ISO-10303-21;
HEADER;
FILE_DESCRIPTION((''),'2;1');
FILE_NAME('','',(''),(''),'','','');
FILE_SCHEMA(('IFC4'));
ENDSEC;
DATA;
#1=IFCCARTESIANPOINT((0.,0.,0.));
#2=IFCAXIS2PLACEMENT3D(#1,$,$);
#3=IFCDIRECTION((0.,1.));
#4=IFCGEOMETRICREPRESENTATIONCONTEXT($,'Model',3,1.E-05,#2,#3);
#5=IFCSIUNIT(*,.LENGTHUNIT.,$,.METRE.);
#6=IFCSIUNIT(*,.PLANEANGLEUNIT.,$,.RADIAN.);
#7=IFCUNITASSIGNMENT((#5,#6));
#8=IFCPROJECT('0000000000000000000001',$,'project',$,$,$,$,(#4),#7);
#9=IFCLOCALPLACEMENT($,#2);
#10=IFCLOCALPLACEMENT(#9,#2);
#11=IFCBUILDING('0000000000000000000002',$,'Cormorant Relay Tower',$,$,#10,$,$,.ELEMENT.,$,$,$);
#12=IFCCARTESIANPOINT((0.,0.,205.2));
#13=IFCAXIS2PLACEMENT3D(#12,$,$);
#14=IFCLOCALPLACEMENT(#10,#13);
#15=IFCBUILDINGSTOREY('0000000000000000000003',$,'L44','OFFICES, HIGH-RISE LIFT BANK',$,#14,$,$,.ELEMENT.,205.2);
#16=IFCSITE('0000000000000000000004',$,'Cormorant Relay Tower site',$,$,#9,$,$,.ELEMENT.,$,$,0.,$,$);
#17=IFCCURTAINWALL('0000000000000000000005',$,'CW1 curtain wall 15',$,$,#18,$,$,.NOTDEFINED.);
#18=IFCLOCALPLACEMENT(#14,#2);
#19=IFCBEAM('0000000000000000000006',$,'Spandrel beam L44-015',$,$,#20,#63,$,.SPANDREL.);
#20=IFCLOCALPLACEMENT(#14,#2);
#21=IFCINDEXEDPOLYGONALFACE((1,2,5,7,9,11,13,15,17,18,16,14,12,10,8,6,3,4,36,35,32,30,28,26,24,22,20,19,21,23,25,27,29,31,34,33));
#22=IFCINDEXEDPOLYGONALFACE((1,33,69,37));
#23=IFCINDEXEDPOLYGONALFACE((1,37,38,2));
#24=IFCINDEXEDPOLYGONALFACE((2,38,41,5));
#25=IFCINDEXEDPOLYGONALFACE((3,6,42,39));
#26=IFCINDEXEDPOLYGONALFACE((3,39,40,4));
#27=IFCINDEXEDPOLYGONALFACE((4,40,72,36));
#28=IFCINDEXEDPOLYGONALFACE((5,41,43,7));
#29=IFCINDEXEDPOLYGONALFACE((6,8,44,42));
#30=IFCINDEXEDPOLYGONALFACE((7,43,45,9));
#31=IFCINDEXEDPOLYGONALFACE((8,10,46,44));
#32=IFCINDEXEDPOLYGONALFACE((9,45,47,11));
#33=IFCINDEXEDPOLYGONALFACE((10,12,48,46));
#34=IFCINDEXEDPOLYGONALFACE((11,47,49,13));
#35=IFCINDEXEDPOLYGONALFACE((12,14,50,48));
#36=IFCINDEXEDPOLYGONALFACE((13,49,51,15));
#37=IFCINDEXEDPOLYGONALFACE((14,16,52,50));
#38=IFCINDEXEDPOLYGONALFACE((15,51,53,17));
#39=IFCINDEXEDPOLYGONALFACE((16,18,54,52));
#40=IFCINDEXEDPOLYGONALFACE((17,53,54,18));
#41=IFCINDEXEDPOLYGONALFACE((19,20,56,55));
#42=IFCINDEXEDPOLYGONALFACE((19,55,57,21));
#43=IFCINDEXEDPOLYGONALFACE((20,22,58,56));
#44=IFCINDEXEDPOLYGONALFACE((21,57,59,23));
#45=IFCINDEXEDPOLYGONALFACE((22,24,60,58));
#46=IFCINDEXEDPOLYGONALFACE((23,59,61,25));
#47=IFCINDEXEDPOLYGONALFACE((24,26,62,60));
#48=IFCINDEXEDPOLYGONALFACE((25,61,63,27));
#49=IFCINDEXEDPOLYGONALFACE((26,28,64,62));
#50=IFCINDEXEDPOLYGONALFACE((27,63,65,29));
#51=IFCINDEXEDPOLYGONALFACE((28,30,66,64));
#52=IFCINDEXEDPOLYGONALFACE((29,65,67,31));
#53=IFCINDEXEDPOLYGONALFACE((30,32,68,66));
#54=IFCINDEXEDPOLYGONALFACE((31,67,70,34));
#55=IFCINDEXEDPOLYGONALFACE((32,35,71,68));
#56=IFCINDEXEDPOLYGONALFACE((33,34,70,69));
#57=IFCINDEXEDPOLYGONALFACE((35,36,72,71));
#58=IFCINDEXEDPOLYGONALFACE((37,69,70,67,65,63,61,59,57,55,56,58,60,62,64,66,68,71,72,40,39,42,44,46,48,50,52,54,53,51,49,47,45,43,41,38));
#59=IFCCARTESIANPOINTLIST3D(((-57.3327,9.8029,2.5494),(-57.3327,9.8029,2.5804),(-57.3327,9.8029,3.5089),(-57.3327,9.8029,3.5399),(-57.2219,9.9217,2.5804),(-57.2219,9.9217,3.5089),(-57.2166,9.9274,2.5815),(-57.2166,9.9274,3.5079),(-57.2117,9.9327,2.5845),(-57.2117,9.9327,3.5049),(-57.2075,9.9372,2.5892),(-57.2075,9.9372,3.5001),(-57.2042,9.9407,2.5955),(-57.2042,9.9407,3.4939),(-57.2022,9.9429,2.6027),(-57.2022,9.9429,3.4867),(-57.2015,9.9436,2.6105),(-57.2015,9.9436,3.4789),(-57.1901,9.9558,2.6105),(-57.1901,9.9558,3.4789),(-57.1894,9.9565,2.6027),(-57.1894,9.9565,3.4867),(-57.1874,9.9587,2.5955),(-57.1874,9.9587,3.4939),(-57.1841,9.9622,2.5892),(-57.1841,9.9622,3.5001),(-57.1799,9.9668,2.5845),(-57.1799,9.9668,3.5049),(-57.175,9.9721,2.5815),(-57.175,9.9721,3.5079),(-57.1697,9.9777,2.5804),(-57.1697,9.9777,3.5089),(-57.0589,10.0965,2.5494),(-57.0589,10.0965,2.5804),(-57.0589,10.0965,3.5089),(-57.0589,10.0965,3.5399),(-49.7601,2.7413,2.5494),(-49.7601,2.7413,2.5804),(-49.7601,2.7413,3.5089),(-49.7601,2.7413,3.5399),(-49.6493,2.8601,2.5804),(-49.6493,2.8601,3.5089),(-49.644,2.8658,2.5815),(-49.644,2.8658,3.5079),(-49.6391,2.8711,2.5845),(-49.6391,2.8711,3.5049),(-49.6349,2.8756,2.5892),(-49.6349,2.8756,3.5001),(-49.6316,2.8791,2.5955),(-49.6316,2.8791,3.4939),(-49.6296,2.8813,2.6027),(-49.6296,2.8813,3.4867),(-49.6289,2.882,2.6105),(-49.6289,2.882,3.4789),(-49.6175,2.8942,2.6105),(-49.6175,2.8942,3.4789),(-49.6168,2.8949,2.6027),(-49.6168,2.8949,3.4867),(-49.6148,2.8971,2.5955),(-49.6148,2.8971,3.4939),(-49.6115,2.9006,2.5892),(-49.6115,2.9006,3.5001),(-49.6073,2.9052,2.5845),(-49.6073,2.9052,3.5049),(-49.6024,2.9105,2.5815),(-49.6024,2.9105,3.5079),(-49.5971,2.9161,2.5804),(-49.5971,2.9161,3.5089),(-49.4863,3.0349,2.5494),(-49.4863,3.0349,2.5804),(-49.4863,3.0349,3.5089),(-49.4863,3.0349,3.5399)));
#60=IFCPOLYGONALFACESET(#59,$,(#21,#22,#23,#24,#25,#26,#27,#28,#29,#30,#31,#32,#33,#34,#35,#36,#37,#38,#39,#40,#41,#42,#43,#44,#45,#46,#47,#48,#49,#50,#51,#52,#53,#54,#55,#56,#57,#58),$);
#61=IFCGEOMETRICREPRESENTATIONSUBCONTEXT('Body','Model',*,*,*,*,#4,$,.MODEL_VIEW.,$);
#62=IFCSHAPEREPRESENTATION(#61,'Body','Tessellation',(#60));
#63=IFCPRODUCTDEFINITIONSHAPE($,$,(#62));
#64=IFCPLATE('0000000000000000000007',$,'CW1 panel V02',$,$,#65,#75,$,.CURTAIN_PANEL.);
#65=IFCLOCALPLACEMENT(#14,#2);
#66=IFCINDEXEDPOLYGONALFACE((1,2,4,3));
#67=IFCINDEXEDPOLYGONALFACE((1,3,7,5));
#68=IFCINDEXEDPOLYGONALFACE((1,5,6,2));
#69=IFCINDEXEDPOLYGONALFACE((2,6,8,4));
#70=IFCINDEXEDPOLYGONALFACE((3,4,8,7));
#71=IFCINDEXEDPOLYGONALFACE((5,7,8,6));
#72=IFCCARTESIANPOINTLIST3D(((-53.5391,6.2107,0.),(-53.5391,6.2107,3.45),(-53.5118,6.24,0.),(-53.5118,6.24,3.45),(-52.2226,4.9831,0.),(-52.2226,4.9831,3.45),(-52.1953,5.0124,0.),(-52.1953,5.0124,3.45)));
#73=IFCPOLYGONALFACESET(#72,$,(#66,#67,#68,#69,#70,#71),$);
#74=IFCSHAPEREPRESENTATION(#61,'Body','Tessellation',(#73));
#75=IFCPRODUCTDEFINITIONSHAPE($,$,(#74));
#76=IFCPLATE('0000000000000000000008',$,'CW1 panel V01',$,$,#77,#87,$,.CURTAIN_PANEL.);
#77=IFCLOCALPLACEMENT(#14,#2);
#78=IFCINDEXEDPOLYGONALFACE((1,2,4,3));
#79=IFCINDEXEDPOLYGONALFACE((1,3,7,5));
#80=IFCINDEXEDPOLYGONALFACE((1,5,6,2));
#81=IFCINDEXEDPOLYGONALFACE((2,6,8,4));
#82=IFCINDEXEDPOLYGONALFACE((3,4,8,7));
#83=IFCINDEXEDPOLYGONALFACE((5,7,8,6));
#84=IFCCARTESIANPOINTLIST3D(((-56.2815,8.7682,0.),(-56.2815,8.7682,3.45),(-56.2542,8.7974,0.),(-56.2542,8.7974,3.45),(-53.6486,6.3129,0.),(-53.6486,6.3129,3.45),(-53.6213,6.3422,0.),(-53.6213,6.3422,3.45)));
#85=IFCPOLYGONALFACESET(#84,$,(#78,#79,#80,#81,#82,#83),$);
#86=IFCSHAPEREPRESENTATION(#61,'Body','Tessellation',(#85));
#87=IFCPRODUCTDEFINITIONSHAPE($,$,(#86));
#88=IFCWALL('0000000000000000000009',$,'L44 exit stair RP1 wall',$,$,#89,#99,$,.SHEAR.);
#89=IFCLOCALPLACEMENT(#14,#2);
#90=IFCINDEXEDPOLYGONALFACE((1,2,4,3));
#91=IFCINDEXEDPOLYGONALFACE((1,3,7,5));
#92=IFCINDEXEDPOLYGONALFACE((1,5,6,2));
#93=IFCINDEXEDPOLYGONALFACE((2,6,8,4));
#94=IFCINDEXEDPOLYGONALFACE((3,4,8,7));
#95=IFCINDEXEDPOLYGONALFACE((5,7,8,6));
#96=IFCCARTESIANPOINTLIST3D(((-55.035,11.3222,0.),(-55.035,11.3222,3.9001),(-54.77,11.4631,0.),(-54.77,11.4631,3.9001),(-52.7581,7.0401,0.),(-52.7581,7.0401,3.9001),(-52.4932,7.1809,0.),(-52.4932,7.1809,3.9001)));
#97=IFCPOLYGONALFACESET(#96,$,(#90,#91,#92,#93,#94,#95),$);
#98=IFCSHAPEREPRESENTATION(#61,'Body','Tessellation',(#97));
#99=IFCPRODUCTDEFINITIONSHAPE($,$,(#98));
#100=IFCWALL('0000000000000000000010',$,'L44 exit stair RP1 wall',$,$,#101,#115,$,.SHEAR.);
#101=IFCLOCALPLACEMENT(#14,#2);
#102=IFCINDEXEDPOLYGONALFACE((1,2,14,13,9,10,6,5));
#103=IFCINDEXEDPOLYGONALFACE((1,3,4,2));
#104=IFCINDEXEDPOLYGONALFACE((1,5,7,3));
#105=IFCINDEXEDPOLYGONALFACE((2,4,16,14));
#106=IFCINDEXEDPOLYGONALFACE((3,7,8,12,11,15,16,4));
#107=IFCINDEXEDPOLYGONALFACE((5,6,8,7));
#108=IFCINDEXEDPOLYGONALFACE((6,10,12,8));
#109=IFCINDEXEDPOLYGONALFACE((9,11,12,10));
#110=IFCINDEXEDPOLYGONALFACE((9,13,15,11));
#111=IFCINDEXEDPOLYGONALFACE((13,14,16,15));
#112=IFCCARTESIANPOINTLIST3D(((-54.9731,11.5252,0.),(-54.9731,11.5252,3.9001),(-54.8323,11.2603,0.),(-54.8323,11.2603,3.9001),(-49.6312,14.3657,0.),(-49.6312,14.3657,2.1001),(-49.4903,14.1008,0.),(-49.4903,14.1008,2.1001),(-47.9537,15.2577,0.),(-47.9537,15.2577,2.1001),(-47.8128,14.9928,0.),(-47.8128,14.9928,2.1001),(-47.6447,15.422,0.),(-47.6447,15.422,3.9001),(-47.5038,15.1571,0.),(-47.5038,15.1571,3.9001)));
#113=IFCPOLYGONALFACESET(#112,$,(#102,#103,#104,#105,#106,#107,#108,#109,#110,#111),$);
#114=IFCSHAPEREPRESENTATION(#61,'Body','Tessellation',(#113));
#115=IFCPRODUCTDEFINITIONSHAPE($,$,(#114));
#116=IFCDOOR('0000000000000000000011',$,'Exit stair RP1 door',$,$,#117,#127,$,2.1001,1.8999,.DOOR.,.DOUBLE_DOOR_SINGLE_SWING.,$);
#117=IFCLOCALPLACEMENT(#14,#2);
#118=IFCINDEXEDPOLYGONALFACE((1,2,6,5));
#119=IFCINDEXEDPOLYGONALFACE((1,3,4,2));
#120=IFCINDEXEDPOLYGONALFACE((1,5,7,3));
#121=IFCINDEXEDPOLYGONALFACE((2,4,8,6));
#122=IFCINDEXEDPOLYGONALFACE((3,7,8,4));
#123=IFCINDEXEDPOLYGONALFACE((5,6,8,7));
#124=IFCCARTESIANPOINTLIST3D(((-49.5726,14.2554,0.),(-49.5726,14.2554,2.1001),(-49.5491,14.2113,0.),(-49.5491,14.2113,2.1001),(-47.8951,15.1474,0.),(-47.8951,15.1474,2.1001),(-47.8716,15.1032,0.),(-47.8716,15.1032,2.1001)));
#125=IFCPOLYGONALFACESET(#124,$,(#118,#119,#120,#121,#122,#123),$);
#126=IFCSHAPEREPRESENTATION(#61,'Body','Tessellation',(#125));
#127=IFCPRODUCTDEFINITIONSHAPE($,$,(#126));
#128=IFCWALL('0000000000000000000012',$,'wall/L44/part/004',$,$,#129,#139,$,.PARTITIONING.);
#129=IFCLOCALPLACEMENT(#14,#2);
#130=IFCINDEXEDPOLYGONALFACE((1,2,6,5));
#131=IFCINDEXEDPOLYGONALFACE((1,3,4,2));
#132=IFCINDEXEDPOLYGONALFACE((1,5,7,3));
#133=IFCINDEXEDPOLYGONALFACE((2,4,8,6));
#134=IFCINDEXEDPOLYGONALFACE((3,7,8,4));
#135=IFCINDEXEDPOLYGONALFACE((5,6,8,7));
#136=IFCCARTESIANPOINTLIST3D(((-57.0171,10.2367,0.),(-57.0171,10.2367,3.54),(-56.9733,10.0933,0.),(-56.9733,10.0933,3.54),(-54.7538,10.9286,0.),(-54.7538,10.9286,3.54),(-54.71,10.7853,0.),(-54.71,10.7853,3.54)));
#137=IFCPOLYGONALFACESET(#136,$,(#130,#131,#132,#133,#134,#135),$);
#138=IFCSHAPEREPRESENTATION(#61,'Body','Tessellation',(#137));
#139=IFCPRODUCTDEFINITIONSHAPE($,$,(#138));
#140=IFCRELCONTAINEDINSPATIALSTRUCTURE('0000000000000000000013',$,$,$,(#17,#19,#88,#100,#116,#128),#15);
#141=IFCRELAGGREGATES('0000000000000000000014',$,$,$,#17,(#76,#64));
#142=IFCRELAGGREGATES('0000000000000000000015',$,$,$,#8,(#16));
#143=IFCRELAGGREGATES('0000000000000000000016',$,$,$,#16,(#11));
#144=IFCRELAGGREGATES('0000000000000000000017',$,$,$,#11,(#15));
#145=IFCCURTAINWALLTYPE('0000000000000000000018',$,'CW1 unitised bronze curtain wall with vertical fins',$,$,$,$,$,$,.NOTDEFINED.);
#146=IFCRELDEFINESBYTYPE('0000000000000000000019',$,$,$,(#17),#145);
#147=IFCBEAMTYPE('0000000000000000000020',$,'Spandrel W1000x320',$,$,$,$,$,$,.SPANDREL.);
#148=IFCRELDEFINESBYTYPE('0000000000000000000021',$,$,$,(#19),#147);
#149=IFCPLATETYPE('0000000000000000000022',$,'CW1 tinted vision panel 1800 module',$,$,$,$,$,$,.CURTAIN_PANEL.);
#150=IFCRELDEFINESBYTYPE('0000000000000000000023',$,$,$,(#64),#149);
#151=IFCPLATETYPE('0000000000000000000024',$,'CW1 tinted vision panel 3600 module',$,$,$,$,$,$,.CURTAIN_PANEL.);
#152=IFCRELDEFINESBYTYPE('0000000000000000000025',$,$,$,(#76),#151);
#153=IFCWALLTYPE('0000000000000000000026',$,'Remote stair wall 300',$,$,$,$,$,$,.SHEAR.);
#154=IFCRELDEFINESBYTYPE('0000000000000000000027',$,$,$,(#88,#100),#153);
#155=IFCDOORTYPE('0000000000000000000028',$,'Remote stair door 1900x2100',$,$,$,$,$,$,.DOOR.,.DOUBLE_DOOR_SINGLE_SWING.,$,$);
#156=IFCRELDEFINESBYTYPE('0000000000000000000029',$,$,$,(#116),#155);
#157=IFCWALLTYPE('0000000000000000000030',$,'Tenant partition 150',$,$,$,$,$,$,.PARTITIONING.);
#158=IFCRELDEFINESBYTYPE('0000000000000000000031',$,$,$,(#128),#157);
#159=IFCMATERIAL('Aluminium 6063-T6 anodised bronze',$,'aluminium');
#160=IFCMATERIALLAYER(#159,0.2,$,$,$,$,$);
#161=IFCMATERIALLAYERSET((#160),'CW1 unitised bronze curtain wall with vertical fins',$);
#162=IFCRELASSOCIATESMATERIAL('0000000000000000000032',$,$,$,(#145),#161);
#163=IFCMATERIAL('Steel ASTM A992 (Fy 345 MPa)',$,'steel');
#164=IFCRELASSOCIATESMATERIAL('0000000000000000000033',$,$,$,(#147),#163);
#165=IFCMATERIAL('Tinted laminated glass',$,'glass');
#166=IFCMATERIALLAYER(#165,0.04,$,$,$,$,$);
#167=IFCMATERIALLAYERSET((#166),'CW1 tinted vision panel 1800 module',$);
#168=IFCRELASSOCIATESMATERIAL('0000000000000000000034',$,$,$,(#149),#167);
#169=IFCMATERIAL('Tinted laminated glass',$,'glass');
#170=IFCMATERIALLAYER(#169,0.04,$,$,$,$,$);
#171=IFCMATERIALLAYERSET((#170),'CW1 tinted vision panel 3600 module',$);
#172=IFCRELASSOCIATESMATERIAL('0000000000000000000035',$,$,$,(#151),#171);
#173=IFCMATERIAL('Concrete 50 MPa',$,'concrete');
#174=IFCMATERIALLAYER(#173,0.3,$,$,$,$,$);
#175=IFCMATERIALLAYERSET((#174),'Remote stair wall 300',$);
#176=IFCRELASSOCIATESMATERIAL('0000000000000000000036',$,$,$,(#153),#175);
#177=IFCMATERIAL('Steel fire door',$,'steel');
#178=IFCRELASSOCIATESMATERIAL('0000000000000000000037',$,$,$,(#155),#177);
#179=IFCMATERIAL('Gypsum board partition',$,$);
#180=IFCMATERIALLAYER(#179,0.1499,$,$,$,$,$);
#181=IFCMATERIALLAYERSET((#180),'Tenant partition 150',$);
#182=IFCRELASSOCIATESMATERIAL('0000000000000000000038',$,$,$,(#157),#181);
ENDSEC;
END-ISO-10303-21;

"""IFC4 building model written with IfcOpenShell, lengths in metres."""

from ifc_helpers import new_model, si_unit, direction, frame, frame_2d, origin, origin_2d, place, context, subcontext, project, spatial, rectangle, i_section, extrude, material, layer, layer_set, material_profile, profile_set, type_object, element, fill, aggregate, save


model = new_model("IFC4")

# Units and contexts
model_context = context("Model", 3, precision=1e-05, world=origin(), true_north=direction((0.0, 1.0)))
body_context = subcontext(model_context, "Body", "Model", "MODEL_VIEW")
ifc_project = project(units=[si_unit("LENGTHUNIT", "METRE"), si_unit("PLANEANGLEUNIT", "RADIAN")], contexts=[model_context])

# Site, building, storey
site_placement = place(None, origin())
site = spatial("IfcSite", under=ifc_project, at=site_placement, Name="Cormorant Relay Tower site", CompositionType="ELEMENT", RefElevation=0.0)
building_placement = place(site_placement, origin())
building = spatial("IfcBuilding", under=site, at=building_placement, Name="Cormorant Relay Tower", CompositionType="ELEMENT")
storey_placement = place(building_placement, frame((0.0, 0.0, 205.2)))
storey = spatial("IfcBuildingStorey", under=building, at=storey_placement, Name="L44", Description="OFFICES, HIGH-RISE LIFT BANK", CompositionType="ELEMENT", Elevation=205.2)

# Curtain wall
ifc_material_1 = material(Name="Aluminium 6063-T6 anodised bronze", Category="aluminium")
ifc_layer_1 = layer(ifc_material_1, 0.2)
ifc_layer_set_1 = layer_set([ifc_layer_1], Name="CW1 unitised bronze curtain wall with vertical fins")
curtain_wall_type = type_object("IfcCurtainWallType", Name="CW1 unitised bronze curtain wall with vertical fins", PredefinedType="NOTDEFINED", material=ifc_layer_set_1)
curtain_wall_1_placement = place(storey_placement, origin())
curtain_wall_1 = element("IfcCurtainWall", 1, at=curtain_wall_1_placement, inside=storey, type_object=curtain_wall_type, Name="CW1 curtain wall 15", PredefinedType="NOTDEFINED")

# Beam
ifc_material_2 = material(Name="Steel ASTM A992 (Fy 345 MPa)", Category="steel")
ifc_material_profile_1 = material_profile(ifc_material_2, i_section(OverallWidth=0.4014, OverallDepth=0.9905, WebThickness=0.0166, FlangeThickness=0.031, FilletRadius=0.03, at=origin_2d()), Name="W1000x320")
ifc_profile_set_1 = profile_set([ifc_material_profile_1], Name="Steel ASTM A992 (Fy 345 MPa)")
beam_type = type_object("IfcBeamType", Name="Spandrel W1000x320", PredefinedType="SPANDREL", material=ifc_profile_set_1)
beam_placement = place(storey_placement, frame((-57.1958, 9.9497, 3.0447), z_axis=(0.731352, -0.682001, 0.0), x_axis=(0.682001, 0.731352, 0.0)))
element("IfcBeam", 2, at=beam_placement, inside=storey, type_object=beam_type, Name="Spandrel beam L44-015", PredefinedType="SPANDREL", context=body_context, shape_type="SweptSolid", body=[
    extrude(i_section(OverallWidth=0.4014, OverallDepth=0.9905, WebThickness=0.0166, FlangeThickness=0.031, FilletRadius=0.03, at=origin_2d()), origin(), (0.0, 0.0, 1.0), 10.3542),
])

# Plates
ifc_material_3 = material(Name="Tinted laminated glass", Category="glass")
ifc_layer_2 = layer(ifc_material_3, 0.04)
ifc_layer_set_2 = layer_set([ifc_layer_2], Name="CW1 tinted vision panel 1800 module")
plate_type_1 = type_object("IfcPlateType", Name="CW1 tinted vision panel 1800 module", PredefinedType="CURTAIN_PANEL", material=ifc_layer_set_2)
plate_1_placement = place(storey_placement, frame((-52.8672, 5.6116, 0.0), z_axis=(0.0, 0.0, 1.0), x_axis=(0.731354, -0.681998, 0.0)))
plate_1 = element("IfcPlate", 3, at=plate_1_placement, type_object=plate_type_1, Name="CW1 panel V02", PredefinedType="CURTAIN_PANEL", context=body_context, shape_type="SweptSolid", body=[
    extrude(rectangle(XDim=1.8, YDim=0.04, at=origin_2d()), origin(), (0.0, 0.0, 1.0), 3.45),
])
ifc_material_4 = material(Name="Tinted laminated glass", Category="glass")
ifc_layer_3 = layer(ifc_material_4, 0.04)
ifc_layer_set_3 = layer_set([ifc_layer_3], Name="CW1 tinted vision panel 3600 module")
plate_type_2 = type_object("IfcPlateType", Name="CW1 tinted vision panel 3600 module", PredefinedType="CURTAIN_PANEL", material=ifc_layer_set_3)
plate_2_placement = place(storey_placement, frame((-54.9514, 7.5552, 0.0), z_axis=(0.0, 0.0, 1.0), x_axis=(0.731354, -0.681998, 0.0)))
plate_2 = element("IfcPlate", 4, at=plate_2_placement, type_object=plate_type_2, Name="CW1 panel V01", PredefinedType="CURTAIN_PANEL", context=body_context, shape_type="SweptSolid", body=[
    extrude(rectangle(XDim=3.6001, YDim=0.04, at=origin_2d()), origin(), (0.0, 0.0, 1.0), 3.45),
])

# Wall
ifc_material_5 = material(Name="Concrete 50 MPa", Category="concrete")
ifc_layer_4 = layer(ifc_material_5, 0.3)
ifc_layer_set_4 = layer_set([ifc_layer_4], Name="Remote stair wall 300")
wall_type_1 = type_object("IfcWallType", Name="Remote stair wall 300", PredefinedType="SHEAR", material=ifc_layer_set_4)
wall_1_placement = place(storey_placement, frame((-52.6257, 7.1106, 0.0), z_axis=(0.0, 0.0, 1.0), x_axis=(-0.469464, 0.882951, 0.0)))
element("IfcWall", 5, at=wall_1_placement, inside=storey, type_object=wall_type_1, Name="L44 exit stair RP1 wall", PredefinedType="SHEAR", context=body_context, shape_type="SweptSolid", body=[
    extrude(rectangle(XDim=4.8499, YDim=0.3, at=frame_2d((2.4248, 0.0))), origin(), (0.0, 0.0, 1.0), 3.9001),
])

# Wall, opening, door
wall_2_placement = place(storey_placement, frame((-54.9026, 11.3928, 0.0), z_axis=(0.0, 0.0, 1.0), x_axis=(0.882939, 0.469487, 0.0)))
wall_2 = element("IfcWall", 6, at=wall_2_placement, inside=storey, type_object=wall_type_1, Name="L44 exit stair RP1 wall", PredefinedType="SHEAR", context=body_context, shape_type="SweptSolid", body=[
    extrude(rectangle(XDim=8.3, YDim=0.3, at=frame_2d((4.1499, 0.0))), origin(), (0.0, 0.0, 1.0), 3.9001),
])
opening_placement = place(wall_2_placement, frame((6.05, 0.0, 0.0)))
opening = element("IfcOpeningElement", 7, at=opening_placement, cuts=wall_2, PredefinedType="OPENING", context=body_context, shape_type="SweptSolid", body=[
    extrude(rectangle(XDim=1.8999, YDim=2.1001, at=frame_2d((0.95, 1.05))), frame((0.0, 0.1599, 0.0), z_axis=(0.0, -1.0, 0.0), x_axis=(1.0, 0.0, 0.0)), (0.0, 0.0, 1.0), 0.3201),
])
ifc_material_6 = material(Name="Steel fire door", Category="steel")
door_type = type_object("IfcDoorType", Name="Remote stair door 1900x2100", OperationType="DOUBLE_DOOR_SINGLE_SWING", PredefinedType="DOOR", material=ifc_material_6)
door_placement = place(opening_placement, frame((1.8999, 0.0, 0.0), z_axis=(0.0, 0.0, 1.0), x_axis=(-1.0, 0.0, 0.0)))
door = element("IfcDoor", 8, at=door_placement, inside=storey, type_object=door_type, Name="Exit stair RP1 door", OperationType="DOUBLE_DOOR_SINGLE_SWING", OverallHeight=2.1001, OverallWidth=1.8999, PredefinedType="DOOR", context=body_context, shape_type="SweptSolid", body=[
    extrude(rectangle(XDim=1.8999, YDim=2.1001, at=frame_2d((0.95, 1.05))), frame((0.0, 0.0249, 0.0), z_axis=(0.0, -1.0, 0.0), x_axis=(1.0, 0.0, 0.0)), (0.0, 0.0, 1.0), 0.05),
])
fill(opening, door)

# Wall
ifc_material_7 = material(Name="Gypsum board partition")
ifc_layer_5 = layer(ifc_material_7, 0.1499)
ifc_layer_set_5 = layer_set([ifc_layer_5], Name="Tenant partition 150")
wall_type_2 = type_object("IfcWallType", Name="Tenant partition 150", PredefinedType="PARTITIONING", material=ifc_layer_set_5)
wall_3_placement = place(storey_placement, frame((-54.7319, 10.8569, 0.0), z_axis=(0.0, 0.0, 1.0), x_axis=(-0.956308, -0.29236, 0.0)))
element("IfcWall", 9, at=wall_3_placement, inside=storey, type_object=wall_type_2, Name="wall/L44/part/004", PredefinedType="PARTITIONING", context=body_context, shape_type="SweptSolid", body=[
    extrude(rectangle(XDim=2.3667, YDim=0.1499, at=frame_2d((1.1833, 0.0))), origin(), (0.0, 0.0, 1.0), 3.54),
])

aggregate(curtain_wall_1, [plate_2, plate_1])

save(model, "model.ifc")
